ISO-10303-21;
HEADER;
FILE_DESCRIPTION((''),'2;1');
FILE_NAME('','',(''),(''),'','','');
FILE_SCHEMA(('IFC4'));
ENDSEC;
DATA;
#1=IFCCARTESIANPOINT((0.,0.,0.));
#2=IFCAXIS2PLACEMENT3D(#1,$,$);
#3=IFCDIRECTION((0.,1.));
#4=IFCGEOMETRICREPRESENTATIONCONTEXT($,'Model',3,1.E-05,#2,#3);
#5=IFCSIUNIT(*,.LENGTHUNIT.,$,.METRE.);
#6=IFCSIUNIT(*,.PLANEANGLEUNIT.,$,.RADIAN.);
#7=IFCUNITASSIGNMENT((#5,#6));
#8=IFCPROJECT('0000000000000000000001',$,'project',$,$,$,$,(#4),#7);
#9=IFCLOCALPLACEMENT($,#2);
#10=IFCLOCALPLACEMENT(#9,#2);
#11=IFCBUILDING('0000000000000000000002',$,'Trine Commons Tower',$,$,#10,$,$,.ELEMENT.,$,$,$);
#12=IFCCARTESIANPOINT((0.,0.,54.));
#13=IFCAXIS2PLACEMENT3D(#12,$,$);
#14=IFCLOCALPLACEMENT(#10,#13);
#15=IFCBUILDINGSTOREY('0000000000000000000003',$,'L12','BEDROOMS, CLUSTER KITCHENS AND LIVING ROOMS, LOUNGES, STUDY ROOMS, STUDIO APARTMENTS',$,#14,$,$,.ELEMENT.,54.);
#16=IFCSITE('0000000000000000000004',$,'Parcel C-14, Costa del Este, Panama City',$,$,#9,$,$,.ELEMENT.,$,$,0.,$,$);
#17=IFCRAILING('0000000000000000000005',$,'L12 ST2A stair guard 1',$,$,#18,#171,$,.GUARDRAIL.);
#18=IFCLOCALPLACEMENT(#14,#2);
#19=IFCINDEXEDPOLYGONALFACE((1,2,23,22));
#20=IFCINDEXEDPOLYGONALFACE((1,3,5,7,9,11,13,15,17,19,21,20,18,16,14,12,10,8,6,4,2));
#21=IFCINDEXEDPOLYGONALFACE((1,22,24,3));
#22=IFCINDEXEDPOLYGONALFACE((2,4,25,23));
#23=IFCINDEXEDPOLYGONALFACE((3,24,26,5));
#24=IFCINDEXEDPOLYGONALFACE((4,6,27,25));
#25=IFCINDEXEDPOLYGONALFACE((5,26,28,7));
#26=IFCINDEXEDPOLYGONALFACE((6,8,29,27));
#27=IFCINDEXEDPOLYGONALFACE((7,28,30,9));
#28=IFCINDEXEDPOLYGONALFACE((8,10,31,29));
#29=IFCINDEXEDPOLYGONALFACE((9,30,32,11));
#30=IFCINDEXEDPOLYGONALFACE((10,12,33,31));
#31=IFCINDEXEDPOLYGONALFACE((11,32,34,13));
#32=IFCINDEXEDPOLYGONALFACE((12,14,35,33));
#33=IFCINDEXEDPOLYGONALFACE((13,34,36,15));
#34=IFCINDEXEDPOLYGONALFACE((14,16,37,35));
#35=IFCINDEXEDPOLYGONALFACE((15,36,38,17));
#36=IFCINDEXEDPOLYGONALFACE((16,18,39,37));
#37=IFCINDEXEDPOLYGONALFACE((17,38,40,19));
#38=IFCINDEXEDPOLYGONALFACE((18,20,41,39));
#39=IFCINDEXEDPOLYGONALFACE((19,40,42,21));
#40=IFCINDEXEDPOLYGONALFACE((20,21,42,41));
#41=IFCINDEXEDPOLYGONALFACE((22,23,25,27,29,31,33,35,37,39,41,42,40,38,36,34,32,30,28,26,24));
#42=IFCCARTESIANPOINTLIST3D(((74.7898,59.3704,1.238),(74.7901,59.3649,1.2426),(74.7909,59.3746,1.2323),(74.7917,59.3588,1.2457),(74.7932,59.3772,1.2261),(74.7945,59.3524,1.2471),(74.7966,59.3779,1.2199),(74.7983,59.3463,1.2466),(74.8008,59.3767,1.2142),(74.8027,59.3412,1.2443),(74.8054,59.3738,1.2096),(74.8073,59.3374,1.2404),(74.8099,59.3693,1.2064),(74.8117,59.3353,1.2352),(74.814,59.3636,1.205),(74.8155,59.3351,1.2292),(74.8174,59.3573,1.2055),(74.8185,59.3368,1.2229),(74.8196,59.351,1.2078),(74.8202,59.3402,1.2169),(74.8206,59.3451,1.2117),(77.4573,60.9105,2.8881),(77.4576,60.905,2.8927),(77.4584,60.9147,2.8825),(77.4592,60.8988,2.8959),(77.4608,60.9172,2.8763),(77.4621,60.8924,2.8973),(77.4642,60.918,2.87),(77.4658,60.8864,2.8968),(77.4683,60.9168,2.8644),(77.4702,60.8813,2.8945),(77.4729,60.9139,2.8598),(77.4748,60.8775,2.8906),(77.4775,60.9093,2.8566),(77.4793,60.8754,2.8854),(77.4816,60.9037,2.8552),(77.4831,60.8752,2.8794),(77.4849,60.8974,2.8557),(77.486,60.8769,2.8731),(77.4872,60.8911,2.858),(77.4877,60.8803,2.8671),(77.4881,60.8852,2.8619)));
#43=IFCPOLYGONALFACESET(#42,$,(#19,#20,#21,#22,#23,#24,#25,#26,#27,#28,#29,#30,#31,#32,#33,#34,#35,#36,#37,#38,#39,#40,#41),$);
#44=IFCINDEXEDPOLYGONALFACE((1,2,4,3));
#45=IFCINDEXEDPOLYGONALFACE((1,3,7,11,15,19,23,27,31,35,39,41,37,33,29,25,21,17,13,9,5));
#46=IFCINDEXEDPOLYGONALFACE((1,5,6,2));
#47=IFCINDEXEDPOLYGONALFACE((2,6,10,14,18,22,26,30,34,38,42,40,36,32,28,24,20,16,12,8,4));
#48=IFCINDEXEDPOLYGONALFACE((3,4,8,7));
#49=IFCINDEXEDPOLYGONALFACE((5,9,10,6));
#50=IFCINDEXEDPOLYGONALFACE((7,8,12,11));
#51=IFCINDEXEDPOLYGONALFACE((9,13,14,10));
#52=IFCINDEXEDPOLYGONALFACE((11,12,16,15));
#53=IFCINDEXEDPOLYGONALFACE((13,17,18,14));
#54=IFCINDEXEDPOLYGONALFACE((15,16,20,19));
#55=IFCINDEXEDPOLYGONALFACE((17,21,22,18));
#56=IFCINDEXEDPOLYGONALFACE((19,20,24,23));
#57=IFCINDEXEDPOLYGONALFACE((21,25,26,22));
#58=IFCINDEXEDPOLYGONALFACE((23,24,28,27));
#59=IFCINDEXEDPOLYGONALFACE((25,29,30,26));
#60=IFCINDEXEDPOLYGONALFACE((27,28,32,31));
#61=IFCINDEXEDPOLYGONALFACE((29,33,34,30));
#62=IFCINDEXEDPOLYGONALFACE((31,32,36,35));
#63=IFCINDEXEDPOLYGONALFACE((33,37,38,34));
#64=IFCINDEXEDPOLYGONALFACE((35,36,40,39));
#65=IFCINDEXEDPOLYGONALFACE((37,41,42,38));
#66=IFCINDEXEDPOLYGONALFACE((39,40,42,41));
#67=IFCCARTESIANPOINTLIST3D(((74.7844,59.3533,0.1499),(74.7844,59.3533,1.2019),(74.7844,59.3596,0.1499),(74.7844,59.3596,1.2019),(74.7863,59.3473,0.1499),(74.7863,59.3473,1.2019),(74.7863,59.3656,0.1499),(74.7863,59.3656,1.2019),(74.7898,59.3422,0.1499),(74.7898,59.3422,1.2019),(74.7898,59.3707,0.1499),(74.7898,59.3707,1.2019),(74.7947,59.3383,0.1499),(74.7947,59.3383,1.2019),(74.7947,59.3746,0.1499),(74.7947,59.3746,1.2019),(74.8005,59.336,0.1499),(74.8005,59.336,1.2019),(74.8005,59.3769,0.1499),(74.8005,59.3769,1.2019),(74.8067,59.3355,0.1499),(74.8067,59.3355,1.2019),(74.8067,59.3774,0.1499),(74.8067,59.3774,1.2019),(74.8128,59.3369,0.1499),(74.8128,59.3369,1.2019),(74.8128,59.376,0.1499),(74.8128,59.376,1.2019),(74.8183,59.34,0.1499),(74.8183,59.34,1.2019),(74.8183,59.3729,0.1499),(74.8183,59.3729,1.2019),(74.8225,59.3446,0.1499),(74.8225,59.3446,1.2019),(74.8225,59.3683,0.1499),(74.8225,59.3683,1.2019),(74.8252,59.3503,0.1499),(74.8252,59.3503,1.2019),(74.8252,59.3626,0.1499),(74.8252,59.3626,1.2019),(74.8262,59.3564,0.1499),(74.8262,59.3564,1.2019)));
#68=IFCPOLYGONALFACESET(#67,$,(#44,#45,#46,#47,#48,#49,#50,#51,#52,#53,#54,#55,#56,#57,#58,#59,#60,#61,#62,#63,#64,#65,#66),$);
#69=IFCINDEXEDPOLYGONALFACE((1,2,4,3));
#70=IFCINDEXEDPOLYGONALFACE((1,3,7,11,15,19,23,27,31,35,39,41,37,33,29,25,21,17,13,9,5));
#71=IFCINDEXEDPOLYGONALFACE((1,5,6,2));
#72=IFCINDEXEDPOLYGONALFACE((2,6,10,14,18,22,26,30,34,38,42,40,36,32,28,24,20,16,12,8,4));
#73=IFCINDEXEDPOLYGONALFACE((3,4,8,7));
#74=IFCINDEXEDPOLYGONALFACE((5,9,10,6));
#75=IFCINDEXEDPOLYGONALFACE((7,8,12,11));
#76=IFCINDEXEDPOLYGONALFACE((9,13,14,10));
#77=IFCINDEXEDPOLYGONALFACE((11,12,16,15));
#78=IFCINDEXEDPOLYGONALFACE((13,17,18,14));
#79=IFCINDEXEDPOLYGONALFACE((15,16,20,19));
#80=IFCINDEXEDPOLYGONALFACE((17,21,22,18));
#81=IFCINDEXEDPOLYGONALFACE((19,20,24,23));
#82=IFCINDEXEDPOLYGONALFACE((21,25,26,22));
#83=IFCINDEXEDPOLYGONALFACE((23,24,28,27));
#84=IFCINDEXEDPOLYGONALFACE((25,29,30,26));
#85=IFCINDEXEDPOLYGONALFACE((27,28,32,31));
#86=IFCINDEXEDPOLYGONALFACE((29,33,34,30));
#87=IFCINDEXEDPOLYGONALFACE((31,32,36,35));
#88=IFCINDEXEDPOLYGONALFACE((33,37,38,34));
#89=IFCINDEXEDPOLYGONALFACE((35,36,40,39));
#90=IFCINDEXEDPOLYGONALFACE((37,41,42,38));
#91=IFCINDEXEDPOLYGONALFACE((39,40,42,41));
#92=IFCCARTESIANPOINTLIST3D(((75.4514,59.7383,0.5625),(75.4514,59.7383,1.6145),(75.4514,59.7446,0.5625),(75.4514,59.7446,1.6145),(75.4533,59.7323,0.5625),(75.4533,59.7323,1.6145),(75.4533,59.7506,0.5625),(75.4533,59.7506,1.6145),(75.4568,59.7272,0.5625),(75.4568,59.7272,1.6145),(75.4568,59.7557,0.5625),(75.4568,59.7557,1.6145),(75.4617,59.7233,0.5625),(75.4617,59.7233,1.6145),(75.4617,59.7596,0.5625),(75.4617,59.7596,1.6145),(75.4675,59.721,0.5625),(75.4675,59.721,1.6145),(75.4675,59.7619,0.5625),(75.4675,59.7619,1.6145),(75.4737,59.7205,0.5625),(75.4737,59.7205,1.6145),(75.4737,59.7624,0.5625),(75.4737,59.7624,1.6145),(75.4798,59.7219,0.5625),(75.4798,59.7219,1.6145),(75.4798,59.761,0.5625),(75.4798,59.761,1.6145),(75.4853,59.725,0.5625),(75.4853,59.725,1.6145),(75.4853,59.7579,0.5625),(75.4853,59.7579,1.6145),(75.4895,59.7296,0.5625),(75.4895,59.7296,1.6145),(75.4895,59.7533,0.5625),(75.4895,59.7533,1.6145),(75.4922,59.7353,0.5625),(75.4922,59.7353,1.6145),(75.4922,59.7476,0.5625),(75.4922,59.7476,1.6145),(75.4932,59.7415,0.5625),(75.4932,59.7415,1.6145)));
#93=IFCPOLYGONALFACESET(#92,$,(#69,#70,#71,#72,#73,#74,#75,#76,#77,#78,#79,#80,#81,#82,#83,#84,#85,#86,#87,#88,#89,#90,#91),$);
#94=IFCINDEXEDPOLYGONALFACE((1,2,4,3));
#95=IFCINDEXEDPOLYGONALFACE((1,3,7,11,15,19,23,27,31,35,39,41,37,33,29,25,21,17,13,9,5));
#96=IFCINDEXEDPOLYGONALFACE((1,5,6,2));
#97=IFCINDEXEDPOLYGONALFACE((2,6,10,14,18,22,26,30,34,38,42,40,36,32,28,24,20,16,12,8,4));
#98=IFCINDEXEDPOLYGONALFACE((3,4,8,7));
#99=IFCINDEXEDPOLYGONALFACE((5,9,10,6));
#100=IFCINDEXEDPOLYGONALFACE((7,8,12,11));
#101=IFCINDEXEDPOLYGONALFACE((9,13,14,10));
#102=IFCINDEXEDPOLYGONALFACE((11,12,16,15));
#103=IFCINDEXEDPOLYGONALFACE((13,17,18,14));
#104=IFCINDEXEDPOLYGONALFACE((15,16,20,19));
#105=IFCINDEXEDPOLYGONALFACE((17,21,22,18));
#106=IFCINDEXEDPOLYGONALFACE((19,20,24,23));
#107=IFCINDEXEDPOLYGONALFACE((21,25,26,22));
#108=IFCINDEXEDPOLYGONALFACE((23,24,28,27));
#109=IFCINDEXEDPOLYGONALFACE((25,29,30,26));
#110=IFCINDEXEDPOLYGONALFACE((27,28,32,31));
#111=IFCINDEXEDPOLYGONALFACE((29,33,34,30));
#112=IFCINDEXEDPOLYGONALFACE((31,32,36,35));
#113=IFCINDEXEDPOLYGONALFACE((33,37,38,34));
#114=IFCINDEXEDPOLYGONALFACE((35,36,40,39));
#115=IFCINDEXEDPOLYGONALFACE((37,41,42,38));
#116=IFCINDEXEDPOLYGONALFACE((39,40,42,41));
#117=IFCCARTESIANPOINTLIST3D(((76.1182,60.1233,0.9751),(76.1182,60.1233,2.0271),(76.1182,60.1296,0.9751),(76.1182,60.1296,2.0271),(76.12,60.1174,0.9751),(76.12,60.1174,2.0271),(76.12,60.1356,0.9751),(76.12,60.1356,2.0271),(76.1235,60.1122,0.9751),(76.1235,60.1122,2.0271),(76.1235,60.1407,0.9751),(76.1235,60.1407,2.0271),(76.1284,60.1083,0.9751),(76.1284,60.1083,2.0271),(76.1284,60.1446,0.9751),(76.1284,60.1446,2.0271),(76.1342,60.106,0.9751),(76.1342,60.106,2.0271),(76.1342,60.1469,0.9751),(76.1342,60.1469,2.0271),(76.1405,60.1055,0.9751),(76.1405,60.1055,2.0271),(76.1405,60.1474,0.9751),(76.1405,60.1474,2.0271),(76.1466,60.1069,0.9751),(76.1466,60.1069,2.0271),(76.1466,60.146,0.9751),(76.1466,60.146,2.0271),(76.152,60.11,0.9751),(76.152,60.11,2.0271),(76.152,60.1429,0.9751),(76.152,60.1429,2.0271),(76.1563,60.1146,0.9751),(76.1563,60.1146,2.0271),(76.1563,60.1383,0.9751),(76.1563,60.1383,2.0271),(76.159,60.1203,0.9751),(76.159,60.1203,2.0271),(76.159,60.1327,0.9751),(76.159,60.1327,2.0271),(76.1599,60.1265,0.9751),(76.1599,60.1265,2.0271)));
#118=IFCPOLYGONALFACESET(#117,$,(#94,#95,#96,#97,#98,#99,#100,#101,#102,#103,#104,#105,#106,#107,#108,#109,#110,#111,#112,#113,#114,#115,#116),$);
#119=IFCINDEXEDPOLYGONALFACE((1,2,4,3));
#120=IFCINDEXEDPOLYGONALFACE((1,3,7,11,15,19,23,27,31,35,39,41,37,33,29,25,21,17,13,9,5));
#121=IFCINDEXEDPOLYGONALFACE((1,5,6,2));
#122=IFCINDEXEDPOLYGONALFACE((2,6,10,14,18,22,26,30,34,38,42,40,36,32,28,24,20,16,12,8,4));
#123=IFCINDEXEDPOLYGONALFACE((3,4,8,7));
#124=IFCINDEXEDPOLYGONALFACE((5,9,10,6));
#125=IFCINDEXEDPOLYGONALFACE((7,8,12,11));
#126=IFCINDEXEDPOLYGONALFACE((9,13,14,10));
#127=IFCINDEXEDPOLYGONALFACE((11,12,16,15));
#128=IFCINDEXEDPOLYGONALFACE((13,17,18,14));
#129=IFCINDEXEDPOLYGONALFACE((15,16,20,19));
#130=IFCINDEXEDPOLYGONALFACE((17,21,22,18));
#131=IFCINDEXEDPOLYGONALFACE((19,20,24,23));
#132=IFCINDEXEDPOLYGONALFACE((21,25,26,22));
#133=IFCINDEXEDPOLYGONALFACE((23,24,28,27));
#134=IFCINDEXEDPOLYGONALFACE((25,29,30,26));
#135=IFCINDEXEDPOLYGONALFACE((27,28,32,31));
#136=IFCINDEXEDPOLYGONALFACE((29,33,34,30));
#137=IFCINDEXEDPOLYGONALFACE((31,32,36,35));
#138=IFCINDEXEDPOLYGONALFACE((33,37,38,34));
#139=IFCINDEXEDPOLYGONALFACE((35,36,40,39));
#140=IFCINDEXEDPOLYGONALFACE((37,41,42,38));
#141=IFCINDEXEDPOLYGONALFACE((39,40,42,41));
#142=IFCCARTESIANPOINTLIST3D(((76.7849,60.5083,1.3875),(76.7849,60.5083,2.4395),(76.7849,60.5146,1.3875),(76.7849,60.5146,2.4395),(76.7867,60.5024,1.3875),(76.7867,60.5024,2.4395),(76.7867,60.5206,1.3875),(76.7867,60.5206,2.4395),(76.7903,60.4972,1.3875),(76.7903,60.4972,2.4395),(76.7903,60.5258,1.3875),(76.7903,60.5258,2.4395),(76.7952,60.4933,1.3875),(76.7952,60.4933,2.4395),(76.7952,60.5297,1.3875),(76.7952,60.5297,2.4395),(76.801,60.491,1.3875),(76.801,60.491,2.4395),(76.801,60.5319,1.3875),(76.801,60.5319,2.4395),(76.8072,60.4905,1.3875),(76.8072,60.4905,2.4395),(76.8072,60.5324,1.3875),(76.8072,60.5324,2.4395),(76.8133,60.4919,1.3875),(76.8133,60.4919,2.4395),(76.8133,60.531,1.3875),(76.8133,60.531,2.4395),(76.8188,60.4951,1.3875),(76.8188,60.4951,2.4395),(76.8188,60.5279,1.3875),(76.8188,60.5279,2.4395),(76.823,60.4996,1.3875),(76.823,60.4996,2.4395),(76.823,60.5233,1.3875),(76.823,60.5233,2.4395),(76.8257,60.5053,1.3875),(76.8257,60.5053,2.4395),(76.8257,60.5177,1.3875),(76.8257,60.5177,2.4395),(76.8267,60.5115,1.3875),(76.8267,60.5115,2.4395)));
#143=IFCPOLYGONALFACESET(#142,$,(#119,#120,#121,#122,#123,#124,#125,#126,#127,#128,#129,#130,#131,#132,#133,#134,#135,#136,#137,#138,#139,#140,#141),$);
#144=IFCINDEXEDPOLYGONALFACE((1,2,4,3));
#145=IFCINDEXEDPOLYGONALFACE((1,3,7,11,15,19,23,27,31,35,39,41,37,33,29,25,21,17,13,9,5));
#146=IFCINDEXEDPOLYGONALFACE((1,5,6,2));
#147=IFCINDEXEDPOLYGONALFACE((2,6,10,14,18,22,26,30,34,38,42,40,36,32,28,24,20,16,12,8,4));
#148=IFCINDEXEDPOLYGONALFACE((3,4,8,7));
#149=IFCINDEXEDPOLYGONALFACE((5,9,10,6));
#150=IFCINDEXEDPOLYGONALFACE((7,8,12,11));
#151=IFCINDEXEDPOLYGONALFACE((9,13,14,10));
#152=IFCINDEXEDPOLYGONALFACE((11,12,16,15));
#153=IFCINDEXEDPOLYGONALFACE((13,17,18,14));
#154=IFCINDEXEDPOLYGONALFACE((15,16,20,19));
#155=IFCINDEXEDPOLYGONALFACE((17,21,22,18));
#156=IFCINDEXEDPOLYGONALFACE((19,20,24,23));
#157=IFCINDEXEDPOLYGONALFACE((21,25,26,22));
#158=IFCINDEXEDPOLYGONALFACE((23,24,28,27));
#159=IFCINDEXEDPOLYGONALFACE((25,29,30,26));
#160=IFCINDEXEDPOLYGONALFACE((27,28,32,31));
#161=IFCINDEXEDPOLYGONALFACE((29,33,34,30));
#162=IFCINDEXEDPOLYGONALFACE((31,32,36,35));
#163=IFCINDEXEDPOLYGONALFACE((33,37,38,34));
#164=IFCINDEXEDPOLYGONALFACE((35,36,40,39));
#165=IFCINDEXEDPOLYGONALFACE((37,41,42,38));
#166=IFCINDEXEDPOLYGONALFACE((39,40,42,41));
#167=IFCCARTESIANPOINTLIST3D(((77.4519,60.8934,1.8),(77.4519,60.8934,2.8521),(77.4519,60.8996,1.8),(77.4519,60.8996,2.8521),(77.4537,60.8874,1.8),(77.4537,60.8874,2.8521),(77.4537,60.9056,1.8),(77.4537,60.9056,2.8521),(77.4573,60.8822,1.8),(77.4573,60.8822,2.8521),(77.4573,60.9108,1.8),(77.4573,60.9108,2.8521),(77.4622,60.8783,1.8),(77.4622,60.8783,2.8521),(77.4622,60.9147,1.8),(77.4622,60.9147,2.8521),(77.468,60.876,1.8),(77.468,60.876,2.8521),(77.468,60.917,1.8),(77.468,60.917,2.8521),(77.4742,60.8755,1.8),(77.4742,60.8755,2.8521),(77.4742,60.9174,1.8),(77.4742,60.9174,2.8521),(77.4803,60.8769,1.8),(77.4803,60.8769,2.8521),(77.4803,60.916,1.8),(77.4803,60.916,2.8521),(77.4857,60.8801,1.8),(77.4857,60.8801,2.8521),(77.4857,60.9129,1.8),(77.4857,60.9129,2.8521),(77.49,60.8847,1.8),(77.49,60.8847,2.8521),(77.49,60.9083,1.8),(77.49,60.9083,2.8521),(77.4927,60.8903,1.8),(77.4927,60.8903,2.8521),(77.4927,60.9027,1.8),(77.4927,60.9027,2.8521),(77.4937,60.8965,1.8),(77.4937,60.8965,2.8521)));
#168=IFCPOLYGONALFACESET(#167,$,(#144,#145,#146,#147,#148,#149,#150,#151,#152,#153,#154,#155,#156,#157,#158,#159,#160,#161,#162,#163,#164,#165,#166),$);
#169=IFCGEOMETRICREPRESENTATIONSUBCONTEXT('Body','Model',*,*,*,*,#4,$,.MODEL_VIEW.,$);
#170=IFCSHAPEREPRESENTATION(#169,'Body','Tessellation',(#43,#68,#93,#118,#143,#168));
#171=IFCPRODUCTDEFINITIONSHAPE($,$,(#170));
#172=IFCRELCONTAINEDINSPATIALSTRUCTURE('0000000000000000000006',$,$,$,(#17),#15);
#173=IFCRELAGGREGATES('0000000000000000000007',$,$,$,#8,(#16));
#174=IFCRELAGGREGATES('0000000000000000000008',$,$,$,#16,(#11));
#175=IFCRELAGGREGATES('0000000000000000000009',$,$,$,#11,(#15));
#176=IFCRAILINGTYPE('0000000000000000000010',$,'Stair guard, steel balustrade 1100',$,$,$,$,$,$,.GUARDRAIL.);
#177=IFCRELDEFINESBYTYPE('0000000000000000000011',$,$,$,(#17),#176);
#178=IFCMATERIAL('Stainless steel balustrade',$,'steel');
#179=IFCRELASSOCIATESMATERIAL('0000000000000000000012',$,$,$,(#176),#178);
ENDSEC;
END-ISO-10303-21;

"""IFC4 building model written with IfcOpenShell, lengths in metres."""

from ifc_helpers import new_model, si_unit, direction, frame, origin, origin_2d, place, context, subcontext, project, spatial, circle, extrude, material, type_object, element, save


model = new_model("IFC4")

# Units and contexts
model_context = context("Model", 3, precision=1e-05, world=origin(), true_north=direction((0.0, 1.0)))
body_context = subcontext(model_context, "Body", "Model", "MODEL_VIEW")
ifc_project = project(units=[si_unit("LENGTHUNIT", "METRE"), si_unit("PLANEANGLEUNIT", "RADIAN")], contexts=[model_context])

# Site, building, storey
site_placement = place(None, origin())
site = spatial("IfcSite", under=ifc_project, at=site_placement, Name="Parcel C-14, Costa del Este, Panama City", CompositionType="ELEMENT", RefElevation=0.0)
building_placement = place(site_placement, origin())
building = spatial("IfcBuilding", under=site, at=building_placement, Name="Trine Commons Tower", CompositionType="ELEMENT")
storey_placement = place(building_placement, frame((0.0, 0.0, 54.0)))
storey = spatial("IfcBuildingStorey", under=building, at=storey_placement, Name="L12", Description="BEDROOMS, CLUSTER KITCHENS AND LIVING ROOMS, LOUNGES, STUDY ROOMS, STUDIO APARTMENTS", CompositionType="ELEMENT", Elevation=54.0)

# Railing
ifc_material_1 = material(Name="Stainless steel balustrade", Category="steel")
railing_type_1 = type_object("IfcRailingType", Name="Stair guard, steel balustrade 1100", PredefinedType="GUARDRAIL", material=ifc_material_1)
railing_1_placement = place(storey_placement, frame((74.8052, 59.3564, 0.1499)))
element("IfcRailing", 1, at=railing_1_placement, inside=storey, type_object=railing_type_1, Name="L12 ST2A stair guard 1", PredefinedType="GUARDRAIL", context=body_context, shape_type="SweptSolid", body=[
    extrude(circle(Radius=0.0239, at=origin_2d()), frame((0.0, 0.0, 1.0762), z_axis=(0.76338, 0.440728, 0.472239), x_axis=(-0.499992, 0.86603, 0.0)), (0.0, 0.0, 1.0), 3.4944),
    extrude(circle(Radius=0.021, at=origin_2d()), origin(), (0.0, 0.0, 1.0), 1.052),
    extrude(circle(Radius=0.021, at=origin_2d()), frame((0.667, 0.385, 0.4126)), (0.0, 0.0, 1.0), 1.052),
    extrude(circle(Radius=0.021, at=origin_2d()), frame((1.3337, 0.77, 0.8252)), (0.0, 0.0, 1.0), 1.052),
    extrude(circle(Radius=0.021, at=origin_2d()), frame((2.0005, 1.155, 1.2375)), (0.0, 0.0, 1.0), 1.052),
    extrude(circle(Radius=0.021, at=origin_2d()), frame((2.6675, 1.54, 1.6501)), (0.0, 0.0, 1.0), 1.052),
])

save(model, "model.ifc")
